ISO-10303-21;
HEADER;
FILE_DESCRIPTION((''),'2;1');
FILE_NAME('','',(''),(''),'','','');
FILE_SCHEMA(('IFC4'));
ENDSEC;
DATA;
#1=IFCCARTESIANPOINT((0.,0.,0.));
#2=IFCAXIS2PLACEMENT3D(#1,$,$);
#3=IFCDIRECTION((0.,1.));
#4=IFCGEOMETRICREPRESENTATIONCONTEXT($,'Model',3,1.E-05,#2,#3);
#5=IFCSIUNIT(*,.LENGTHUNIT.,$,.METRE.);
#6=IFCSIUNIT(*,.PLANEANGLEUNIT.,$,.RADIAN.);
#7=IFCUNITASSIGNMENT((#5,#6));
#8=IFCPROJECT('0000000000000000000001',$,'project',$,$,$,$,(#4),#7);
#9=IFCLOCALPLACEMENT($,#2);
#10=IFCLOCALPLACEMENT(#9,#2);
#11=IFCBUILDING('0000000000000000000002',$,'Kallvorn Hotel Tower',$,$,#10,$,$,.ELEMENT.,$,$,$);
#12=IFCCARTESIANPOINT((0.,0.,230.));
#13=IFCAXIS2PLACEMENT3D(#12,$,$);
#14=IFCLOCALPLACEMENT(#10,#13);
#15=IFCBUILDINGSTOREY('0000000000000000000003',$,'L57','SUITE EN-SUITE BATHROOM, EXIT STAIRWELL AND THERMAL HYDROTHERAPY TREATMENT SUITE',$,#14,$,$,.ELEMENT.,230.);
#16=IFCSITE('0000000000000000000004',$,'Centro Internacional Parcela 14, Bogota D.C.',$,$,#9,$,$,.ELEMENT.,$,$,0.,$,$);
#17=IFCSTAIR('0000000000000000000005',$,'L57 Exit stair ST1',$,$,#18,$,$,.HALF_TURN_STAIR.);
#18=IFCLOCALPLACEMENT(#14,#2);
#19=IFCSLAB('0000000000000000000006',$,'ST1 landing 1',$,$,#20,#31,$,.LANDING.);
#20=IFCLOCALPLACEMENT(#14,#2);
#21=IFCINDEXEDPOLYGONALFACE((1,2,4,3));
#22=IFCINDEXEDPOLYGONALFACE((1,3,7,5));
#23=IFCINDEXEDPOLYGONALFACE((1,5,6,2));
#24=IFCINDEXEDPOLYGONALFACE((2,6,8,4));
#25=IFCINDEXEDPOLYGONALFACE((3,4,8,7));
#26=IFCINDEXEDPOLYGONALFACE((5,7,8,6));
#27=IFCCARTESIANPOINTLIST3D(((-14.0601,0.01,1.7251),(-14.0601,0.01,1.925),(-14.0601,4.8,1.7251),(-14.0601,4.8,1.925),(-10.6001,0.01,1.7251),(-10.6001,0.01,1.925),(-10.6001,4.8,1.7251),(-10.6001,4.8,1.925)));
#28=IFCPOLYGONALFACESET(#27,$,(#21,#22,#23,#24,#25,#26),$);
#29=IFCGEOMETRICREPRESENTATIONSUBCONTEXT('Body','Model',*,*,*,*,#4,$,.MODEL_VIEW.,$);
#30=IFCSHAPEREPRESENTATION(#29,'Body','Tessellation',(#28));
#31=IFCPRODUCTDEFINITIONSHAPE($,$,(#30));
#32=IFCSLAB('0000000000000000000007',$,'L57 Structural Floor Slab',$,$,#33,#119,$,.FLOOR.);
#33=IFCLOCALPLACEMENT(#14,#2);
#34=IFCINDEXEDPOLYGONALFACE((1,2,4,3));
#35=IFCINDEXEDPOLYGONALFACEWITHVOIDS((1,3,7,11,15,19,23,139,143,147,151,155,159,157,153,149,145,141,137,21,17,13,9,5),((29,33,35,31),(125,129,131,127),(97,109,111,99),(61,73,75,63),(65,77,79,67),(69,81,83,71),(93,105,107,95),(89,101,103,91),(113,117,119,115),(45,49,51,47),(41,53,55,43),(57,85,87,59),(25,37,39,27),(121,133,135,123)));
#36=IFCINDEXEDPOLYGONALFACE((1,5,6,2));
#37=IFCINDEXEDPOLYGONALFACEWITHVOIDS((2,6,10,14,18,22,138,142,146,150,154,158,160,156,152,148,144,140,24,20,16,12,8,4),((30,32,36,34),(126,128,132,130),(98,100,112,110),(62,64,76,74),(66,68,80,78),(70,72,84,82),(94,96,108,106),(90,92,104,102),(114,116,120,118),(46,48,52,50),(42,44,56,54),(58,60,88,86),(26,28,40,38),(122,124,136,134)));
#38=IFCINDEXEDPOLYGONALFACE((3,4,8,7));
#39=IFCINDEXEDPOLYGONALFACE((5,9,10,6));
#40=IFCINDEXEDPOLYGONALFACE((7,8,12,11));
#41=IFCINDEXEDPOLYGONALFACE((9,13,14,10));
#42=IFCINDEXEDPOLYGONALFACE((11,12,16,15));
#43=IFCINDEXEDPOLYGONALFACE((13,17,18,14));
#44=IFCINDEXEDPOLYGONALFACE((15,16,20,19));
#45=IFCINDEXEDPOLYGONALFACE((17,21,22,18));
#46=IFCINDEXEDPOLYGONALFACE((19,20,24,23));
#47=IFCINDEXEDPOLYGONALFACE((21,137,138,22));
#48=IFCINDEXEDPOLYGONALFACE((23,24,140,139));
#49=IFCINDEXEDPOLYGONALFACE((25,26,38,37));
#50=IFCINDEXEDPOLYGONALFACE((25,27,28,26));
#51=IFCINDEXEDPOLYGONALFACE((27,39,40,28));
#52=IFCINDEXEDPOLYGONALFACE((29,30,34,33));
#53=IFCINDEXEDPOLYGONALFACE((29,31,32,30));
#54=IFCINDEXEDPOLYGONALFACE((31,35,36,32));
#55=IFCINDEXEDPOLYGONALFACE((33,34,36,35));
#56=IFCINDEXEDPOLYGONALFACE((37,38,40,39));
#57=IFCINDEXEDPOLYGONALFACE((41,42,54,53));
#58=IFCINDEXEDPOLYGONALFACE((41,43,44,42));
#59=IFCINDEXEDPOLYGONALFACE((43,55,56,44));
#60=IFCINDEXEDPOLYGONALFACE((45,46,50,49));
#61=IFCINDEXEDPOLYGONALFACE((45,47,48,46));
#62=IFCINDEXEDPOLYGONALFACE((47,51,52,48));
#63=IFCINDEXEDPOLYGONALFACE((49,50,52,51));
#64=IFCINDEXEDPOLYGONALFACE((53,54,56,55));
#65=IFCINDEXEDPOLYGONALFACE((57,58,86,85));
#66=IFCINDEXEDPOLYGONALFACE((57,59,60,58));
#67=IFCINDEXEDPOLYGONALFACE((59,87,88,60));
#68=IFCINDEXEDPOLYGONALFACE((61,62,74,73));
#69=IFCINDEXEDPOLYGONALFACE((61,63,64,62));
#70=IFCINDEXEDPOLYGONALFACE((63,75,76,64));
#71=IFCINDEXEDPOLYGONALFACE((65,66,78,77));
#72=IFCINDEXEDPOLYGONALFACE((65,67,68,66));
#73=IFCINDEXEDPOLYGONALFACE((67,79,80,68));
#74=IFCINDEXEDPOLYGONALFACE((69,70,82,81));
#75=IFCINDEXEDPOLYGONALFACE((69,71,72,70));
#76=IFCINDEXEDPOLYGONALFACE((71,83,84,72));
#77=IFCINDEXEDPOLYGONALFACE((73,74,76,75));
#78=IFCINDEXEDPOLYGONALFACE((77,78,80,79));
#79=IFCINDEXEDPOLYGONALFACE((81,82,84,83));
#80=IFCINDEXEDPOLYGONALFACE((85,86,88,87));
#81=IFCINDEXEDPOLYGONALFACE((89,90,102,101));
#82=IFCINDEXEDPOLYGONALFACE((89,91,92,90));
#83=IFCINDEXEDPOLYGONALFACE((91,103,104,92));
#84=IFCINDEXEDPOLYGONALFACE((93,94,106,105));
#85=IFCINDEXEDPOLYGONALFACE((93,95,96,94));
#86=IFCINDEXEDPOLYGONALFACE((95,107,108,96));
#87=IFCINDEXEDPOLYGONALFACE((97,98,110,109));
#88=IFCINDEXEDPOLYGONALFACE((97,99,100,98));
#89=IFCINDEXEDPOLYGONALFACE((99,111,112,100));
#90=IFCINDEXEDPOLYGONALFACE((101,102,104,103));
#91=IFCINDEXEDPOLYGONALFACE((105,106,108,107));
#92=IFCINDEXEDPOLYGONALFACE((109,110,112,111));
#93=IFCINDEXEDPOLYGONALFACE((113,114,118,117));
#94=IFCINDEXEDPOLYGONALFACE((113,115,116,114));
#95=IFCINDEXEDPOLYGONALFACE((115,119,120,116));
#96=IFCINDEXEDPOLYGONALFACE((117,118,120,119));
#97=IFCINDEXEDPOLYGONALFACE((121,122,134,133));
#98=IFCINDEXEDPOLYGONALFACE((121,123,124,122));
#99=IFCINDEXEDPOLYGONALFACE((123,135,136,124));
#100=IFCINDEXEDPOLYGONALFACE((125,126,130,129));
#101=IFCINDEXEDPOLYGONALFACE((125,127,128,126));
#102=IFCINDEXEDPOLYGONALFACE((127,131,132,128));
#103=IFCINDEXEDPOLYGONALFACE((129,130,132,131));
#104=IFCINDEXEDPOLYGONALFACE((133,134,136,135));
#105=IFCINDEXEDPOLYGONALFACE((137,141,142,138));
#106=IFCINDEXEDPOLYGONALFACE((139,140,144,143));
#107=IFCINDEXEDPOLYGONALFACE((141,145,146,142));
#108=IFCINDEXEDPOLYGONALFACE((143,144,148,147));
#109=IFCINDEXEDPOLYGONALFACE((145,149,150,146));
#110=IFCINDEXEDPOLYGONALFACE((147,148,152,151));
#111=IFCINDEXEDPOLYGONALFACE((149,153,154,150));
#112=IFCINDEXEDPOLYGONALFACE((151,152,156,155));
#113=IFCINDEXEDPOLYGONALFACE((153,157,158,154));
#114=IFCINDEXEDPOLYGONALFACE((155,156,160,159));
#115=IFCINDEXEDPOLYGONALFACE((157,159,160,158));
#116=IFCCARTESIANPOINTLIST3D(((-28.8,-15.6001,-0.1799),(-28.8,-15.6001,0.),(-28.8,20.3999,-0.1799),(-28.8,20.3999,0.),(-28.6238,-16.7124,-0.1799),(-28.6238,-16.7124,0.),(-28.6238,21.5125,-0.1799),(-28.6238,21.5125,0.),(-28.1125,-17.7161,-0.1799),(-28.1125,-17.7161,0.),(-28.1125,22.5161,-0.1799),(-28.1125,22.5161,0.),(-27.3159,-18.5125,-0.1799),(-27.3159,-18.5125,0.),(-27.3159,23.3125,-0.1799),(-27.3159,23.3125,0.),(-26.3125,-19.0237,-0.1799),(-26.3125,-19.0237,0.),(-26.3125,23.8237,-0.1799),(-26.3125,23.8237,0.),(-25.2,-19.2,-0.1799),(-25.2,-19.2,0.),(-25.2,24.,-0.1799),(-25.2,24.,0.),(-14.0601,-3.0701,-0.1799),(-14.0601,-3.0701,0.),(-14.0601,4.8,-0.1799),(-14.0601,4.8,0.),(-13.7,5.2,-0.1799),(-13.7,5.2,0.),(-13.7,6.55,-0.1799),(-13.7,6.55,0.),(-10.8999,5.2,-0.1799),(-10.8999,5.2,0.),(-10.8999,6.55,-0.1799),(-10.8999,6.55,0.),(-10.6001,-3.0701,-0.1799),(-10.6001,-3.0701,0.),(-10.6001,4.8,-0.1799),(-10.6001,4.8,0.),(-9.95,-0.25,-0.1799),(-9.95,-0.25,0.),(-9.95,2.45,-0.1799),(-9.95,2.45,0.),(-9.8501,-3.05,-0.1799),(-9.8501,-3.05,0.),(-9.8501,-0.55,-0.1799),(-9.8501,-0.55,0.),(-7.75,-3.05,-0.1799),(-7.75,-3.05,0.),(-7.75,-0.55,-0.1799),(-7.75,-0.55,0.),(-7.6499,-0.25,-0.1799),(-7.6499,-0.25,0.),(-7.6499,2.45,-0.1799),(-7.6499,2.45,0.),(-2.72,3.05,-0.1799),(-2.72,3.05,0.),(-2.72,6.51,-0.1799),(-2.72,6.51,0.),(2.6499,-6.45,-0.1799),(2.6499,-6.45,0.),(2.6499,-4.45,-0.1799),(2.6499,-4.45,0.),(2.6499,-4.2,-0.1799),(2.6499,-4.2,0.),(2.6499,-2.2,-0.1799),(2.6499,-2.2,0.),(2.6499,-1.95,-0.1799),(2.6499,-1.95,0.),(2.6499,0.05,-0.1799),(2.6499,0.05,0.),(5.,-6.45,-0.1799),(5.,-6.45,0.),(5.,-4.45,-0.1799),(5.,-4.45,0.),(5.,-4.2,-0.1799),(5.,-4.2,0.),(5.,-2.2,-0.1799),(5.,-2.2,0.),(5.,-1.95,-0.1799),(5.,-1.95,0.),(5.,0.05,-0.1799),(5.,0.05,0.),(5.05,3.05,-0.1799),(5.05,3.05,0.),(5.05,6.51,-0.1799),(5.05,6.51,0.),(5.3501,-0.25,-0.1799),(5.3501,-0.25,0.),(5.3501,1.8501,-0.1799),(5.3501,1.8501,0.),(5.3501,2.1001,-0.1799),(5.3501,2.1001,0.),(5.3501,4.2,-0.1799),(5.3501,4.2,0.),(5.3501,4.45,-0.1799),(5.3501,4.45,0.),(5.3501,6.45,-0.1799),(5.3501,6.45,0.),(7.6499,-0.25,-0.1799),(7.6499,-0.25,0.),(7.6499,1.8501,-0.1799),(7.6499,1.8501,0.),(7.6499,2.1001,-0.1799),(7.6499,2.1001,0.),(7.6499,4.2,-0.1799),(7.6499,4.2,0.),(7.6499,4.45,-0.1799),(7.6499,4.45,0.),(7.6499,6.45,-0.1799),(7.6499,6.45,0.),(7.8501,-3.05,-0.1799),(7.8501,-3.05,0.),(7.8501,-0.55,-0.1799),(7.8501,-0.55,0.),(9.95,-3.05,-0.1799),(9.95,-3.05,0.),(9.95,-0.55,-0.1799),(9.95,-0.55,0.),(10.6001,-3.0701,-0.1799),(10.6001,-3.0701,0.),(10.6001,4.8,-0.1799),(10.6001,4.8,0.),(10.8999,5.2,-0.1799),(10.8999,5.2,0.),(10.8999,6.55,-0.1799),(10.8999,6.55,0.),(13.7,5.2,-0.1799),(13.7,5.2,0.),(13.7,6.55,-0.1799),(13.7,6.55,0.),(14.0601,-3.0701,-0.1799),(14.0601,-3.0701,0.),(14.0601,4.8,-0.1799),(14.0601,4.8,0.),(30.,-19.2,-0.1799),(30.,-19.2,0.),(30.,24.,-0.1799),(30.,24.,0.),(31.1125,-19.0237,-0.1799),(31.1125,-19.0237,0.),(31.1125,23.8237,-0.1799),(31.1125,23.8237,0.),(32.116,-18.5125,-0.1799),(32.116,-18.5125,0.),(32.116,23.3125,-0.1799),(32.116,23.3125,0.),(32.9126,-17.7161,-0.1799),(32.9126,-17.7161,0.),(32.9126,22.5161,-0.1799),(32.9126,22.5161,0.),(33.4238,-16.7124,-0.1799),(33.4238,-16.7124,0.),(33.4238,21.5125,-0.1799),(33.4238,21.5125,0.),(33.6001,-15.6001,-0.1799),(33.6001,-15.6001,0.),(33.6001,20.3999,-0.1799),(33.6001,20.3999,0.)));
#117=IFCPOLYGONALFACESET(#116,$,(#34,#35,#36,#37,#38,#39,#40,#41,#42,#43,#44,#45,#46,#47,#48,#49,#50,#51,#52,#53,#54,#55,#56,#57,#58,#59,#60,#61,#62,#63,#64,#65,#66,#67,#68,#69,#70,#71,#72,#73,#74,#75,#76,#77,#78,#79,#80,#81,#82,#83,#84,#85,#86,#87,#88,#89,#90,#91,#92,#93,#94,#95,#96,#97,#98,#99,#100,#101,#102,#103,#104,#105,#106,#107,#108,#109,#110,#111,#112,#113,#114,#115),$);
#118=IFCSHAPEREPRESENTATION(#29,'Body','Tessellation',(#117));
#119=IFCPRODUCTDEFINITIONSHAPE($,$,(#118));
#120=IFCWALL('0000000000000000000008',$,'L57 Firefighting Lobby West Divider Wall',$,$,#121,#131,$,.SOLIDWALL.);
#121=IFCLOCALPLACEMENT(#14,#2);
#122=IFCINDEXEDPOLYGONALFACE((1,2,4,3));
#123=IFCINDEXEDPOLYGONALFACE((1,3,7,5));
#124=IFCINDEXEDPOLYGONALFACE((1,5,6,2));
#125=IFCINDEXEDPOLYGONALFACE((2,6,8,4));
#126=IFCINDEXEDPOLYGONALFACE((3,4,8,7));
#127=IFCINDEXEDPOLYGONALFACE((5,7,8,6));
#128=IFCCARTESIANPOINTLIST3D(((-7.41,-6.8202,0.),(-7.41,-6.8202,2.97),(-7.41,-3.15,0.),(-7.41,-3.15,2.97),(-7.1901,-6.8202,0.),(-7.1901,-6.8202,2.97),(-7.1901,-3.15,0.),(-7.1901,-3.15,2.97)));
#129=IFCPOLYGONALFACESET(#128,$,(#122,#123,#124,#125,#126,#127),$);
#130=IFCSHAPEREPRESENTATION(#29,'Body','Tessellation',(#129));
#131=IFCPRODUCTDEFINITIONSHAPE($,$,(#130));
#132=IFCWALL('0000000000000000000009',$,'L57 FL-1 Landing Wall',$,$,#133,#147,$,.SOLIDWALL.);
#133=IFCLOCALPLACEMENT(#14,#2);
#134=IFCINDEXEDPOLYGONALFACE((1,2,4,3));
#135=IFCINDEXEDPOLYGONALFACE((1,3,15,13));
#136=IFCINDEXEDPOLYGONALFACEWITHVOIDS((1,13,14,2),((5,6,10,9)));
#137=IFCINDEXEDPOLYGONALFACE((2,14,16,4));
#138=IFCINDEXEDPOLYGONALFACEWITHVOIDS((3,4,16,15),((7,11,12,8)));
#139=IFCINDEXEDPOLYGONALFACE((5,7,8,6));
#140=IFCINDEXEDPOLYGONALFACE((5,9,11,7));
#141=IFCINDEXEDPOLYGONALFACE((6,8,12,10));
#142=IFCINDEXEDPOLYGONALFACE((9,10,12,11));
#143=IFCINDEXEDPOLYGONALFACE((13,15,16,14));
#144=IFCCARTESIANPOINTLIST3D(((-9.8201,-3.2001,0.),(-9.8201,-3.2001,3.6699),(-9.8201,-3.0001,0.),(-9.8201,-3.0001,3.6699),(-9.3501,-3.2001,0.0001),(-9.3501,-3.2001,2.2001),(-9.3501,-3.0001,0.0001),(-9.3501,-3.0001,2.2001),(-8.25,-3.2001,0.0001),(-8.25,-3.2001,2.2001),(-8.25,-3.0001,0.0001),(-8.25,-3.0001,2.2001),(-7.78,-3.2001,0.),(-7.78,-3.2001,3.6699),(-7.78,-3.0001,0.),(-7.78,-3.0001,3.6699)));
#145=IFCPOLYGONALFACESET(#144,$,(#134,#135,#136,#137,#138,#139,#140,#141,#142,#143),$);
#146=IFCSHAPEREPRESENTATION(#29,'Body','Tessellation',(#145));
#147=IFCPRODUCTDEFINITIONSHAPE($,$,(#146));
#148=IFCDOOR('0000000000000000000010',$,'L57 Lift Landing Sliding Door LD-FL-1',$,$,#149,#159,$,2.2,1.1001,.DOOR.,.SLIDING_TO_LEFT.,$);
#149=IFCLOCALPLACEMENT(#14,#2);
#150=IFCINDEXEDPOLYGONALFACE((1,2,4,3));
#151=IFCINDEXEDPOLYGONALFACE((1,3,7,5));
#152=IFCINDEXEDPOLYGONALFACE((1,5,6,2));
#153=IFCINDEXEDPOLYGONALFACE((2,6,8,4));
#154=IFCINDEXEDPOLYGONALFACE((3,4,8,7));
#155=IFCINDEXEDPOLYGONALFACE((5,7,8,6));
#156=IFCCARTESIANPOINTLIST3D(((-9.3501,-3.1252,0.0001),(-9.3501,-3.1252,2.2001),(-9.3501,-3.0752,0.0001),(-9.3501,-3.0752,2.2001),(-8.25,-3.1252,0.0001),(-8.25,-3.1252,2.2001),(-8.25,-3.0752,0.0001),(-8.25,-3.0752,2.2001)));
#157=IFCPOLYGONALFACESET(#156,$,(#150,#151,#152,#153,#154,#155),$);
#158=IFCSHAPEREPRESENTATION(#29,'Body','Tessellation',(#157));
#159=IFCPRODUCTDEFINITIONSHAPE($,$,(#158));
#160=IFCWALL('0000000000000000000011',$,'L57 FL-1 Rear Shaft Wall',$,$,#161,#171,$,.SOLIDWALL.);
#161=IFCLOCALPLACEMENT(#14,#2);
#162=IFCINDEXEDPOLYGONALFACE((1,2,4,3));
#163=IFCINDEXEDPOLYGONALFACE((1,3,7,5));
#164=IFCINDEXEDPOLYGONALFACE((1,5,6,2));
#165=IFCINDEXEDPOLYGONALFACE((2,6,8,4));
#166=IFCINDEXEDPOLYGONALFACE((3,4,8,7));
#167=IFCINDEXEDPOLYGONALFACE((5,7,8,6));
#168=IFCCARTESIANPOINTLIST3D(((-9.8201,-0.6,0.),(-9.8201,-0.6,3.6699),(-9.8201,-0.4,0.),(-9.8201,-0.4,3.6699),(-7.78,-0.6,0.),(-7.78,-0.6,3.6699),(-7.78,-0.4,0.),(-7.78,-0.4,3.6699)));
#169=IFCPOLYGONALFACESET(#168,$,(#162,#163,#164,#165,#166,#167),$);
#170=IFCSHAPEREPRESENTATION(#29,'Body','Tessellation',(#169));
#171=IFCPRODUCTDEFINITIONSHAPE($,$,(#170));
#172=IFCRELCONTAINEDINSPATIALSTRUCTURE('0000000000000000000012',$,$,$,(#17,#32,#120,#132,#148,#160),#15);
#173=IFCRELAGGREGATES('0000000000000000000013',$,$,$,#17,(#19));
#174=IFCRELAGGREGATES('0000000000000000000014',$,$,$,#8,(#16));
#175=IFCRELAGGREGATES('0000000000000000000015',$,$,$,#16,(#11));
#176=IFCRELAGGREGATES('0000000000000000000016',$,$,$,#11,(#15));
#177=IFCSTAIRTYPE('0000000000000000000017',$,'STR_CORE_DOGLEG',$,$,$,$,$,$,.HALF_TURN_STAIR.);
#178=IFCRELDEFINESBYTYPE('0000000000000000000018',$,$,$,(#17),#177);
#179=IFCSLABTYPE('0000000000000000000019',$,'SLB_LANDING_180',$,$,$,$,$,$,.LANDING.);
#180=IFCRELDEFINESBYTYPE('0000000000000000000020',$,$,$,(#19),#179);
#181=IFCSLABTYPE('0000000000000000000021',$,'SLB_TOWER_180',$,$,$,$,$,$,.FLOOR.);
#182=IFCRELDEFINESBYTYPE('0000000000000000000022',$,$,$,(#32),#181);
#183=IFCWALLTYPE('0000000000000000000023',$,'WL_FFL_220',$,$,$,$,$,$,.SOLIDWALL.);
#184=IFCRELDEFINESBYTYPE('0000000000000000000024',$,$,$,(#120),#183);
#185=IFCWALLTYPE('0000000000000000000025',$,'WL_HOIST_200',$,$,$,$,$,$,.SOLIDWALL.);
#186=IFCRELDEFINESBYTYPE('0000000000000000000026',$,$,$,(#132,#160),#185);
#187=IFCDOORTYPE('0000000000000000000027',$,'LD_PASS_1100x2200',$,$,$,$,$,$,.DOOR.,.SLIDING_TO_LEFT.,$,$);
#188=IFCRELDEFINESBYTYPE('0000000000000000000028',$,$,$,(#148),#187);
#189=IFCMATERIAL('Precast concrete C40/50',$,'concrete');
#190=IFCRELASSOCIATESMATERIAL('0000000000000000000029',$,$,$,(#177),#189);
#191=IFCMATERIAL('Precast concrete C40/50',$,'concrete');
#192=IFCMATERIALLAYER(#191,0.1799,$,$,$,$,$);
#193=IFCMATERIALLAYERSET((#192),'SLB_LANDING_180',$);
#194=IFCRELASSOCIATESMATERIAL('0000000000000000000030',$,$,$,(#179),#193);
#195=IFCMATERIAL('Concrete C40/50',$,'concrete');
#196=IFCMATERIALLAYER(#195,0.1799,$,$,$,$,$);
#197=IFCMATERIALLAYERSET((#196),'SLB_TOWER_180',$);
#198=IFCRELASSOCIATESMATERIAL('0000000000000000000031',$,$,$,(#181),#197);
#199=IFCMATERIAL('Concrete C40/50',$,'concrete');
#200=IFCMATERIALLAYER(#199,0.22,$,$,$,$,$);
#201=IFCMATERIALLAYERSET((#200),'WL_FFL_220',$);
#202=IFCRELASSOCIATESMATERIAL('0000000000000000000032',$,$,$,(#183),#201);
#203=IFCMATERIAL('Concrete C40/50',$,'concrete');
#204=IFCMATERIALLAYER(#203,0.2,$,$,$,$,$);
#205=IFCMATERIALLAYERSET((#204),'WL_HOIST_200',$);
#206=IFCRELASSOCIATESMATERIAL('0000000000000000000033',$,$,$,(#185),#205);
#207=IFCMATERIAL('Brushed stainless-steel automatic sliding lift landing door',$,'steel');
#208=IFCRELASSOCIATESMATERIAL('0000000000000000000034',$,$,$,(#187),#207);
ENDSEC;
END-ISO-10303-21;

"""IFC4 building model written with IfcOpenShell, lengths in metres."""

from ifc_helpers import new_model, si_unit, direction, frame, frame_2d, origin, place, context, subcontext, project, spatial, polyline, rectangle, outline, extrude, material, layer, layer_set, type_object, element, fill, aggregate, save


model = new_model("IFC4")

# Units and contexts
model_context = context("Model", 3, precision=1e-05, world=origin(), true_north=direction((0.0, 1.0)))
body_context = subcontext(model_context, "Body", "Model", "MODEL_VIEW")
ifc_project = project(units=[si_unit("LENGTHUNIT", "METRE"), si_unit("PLANEANGLEUNIT", "RADIAN")], contexts=[model_context])

# Site, building, storey
site_placement = place(None, origin())
site = spatial("IfcSite", under=ifc_project, at=site_placement, Name="Centro Internacional Parcela 14, Bogota D.C.", CompositionType="ELEMENT", RefElevation=0.0)
building_placement = place(site_placement, origin())
building = spatial("IfcBuilding", under=site, at=building_placement, Name="Kallvorn Hotel Tower", CompositionType="ELEMENT")
storey_placement = place(building_placement, frame((0.0, 0.0, 230.0)))
storey = spatial("IfcBuildingStorey", under=building, at=storey_placement, Name="L57", Description="SUITE EN-SUITE BATHROOM, EXIT STAIRWELL AND THERMAL HYDROTHERAPY TREATMENT SUITE", CompositionType="ELEMENT", Elevation=230.0)

# Stair, slab
ifc_material_1 = material(Name="Precast concrete C40/50", Category="concrete")
stair_type = type_object("IfcStairType", Name="STR_CORE_DOGLEG", PredefinedType="HALF_TURN_STAIR", material=ifc_material_1)
stair_placement = place(storey_placement, origin())
stair = element("IfcStair", 1, at=stair_placement, inside=storey, type_object=stair_type, Name="L57 Exit stair ST1", PredefinedType="HALF_TURN_STAIR")
ifc_material_2 = material(Name="Precast concrete C40/50", Category="concrete")
ifc_layer_1 = layer(ifc_material_2, 0.1799)
ifc_layer_set_1 = layer_set([ifc_layer_1], Name="SLB_LANDING_180")
slab_type_1 = type_object("IfcSlabType", Name="SLB_LANDING_180", PredefinedType="LANDING", material=ifc_layer_set_1)
slab_1_placement = place(storey_placement, frame((0.0, 0.0, 1.7251)))
slab_1 = element("IfcSlab", 2, at=slab_1_placement, type_object=slab_type_1, Name="ST1 landing 1", PredefinedType="LANDING", context=body_context, shape_type="SweptSolid", body=[
    extrude(outline(polyline([(-10.6001, 0.01), (-10.6001, 4.8), (-14.0601, 4.8), (-14.0601, 0.01), (-10.6001, 0.01)])), origin(), (0.0, 0.0, 1.0), 0.2),
])
aggregate(stair, [slab_1])

# Slab
ifc_material_3 = material(Name="Concrete C40/50", Category="concrete")
ifc_layer_2 = layer(ifc_material_3, 0.1799)
ifc_layer_set_2 = layer_set([ifc_layer_2], Name="SLB_TOWER_180")
slab_type_2 = type_object("IfcSlabType", Name="SLB_TOWER_180", PredefinedType="FLOOR", material=ifc_layer_set_2)
slab_2_placement = place(storey_placement, frame((0.0, 0.0, -0.1799)))
element("IfcSlab", 3, at=slab_2_placement, inside=storey, type_object=slab_type_2, Name="L57 Structural Floor Slab", PredefinedType="FLOOR", context=body_context, shape_type="SweptSolid", body=[
    extrude(outline(polyline([(30.0, -19.2), (31.1125, -19.0237), (32.116, -18.5125), (32.9126, -17.7161), (33.4238, -16.7124), (33.6001, -15.6001), (33.6001, 20.3999), (33.4238, 21.5125), (32.9126, 22.5161), (32.116, 23.3125), (31.1125, 23.8237), (30.0, 24.0), (-25.2, 24.0), (-26.3125, 23.8237), (-27.3159, 23.3125), (-28.1125, 22.5161), (-28.6238, 21.5125), (-28.8, 20.3999), (-28.8, -15.6001), (-28.6238, -16.7124), (-28.1125, -17.7161), (-27.3159, -18.5125), (-26.3125, -19.0237), (-25.2, -19.2), (30.0, -19.2)]), holes=[polyline([(-10.6001, -3.0701), (-10.6001, 4.8), (-14.0601, 4.8), (-14.0601, -3.0701), (-10.6001, -3.0701)]), polyline([(14.0601, -3.0701), (14.0601, 4.8), (10.6001, 4.8), (10.6001, -3.0701), (14.0601, -3.0701)]), polyline([(-2.72, 3.05), (5.05, 3.05), (5.05, 6.51), (-2.72, 6.51), (-2.72, 3.05)]), polyline([(2.6499, -6.45), (5.0, -6.45), (5.0, -4.45), (2.6499, -4.45), (2.6499, -6.45)]), polyline([(2.6499, -4.2), (5.0, -4.2), (5.0, -2.2), (2.6499, -2.2), (2.6499, -4.2)]), polyline([(2.6499, -1.95), (5.0, -1.95), (5.0, 0.05), (2.6499, 0.05), (2.6499, -1.95)]), polyline([(5.3501, -0.25), (7.6499, -0.25), (7.6499, 1.8501), (5.3501, 1.8501), (5.3501, -0.25)]), polyline([(5.3501, 2.1001), (7.6499, 2.1001), (7.6499, 4.2), (5.3501, 4.2), (5.3501, 2.1001)]), polyline([(5.3501, 4.45), (7.6499, 4.45), (7.6499, 6.45), (5.3501, 6.45), (5.3501, 4.45)]), polyline([(-9.8501, -3.05), (-7.75, -3.05), (-7.75, -0.55), (-9.8501, -0.55), (-9.8501, -3.05)]), polyline([(7.8501, -3.05), (9.95, -3.05), (9.95, -0.55), (7.8501, -0.55), (7.8501, -3.05)]), polyline([(-9.95, -0.25), (-7.6499, -0.25), (-7.6499, 2.45), (-9.95, 2.45), (-9.95, -0.25)]), polyline([(-13.7, 5.2), (-10.8999, 5.2), (-10.8999, 6.55), (-13.7, 6.55), (-13.7, 5.2)]), polyline([(10.8999, 5.2), (13.7, 5.2), (13.7, 6.55), (10.8999, 6.55), (10.8999, 5.2)])]), origin(), (0.0, 0.0, 1.0), 0.1799),
])

# Wall
ifc_material_4 = material(Name="Concrete C40/50", Category="concrete")
ifc_layer_3 = layer(ifc_material_4, 0.22)
ifc_layer_set_3 = layer_set([ifc_layer_3], Name="WL_FFL_220")
wall_type_1 = type_object("IfcWallType", Name="WL_FFL_220", PredefinedType="SOLIDWALL", material=ifc_layer_set_3)
wall_1_placement = place(storey_placement, frame((-7.3, -6.8201, 0.0), z_axis=(0.0, 0.0, 1.0), x_axis=(0.0, 1.0, 0.0)))
element("IfcWall", 4, at=wall_1_placement, inside=storey, type_object=wall_type_1, Name="L57 Firefighting Lobby West Divider Wall", PredefinedType="SOLIDWALL", context=body_context, shape_type="SweptSolid", body=[
    extrude(rectangle(XDim=3.6702, YDim=0.22, at=frame_2d((1.835, 0.0))), origin(), (0.0, 0.0, 1.0), 2.97),
])

# Wall, opening, door
ifc_material_5 = material(Name="Concrete C40/50", Category="concrete")
ifc_layer_4 = layer(ifc_material_5, 0.2)
ifc_layer_set_4 = layer_set([ifc_layer_4], Name="WL_HOIST_200")
wall_type_2 = type_object("IfcWallType", Name="WL_HOIST_200", PredefinedType="SOLIDWALL", material=ifc_layer_set_4)
wall_2_placement = place(storey_placement, frame((-9.8201, -3.1001, 0.0), z_axis=(0.0, 0.0, 1.0), x_axis=(1.0, 0.0, 0.0)))
wall_2 = element("IfcWall", 5, at=wall_2_placement, inside=storey, type_object=wall_type_2, Name="L57 FL-1 Landing Wall", PredefinedType="SOLIDWALL", context=body_context, shape_type="SweptSolid", body=[
    extrude(rectangle(XDim=2.04, YDim=0.2, at=frame_2d((1.02, 0.0))), origin(), (0.0, 0.0, 1.0), 3.6699),
])
opening_1_placement = place(wall_2_placement, frame((0.47, 0.0, 0.0)))
opening_1 = element("IfcOpeningElement", 6, at=opening_1_placement, cuts=wall_2, PredefinedType="OPENING", context=body_context, shape_type="SweptSolid", body=[
    extrude(rectangle(XDim=1.1001, YDim=2.2, at=frame_2d((0.55, 1.1001))), frame((0.0, 0.115, 0.0), z_axis=(0.0, -1.0, 0.0), x_axis=(1.0, 0.0, 0.0)), (0.0, 0.0, 1.0), 0.23),
])
ifc_material_6 = material(Name="Brushed stainless-steel automatic sliding lift landing door", Category="steel")
door_type_1 = type_object("IfcDoorType", Name="LD_PASS_1100x2200", OperationType="SLIDING_TO_LEFT", PredefinedType="DOOR", material=ifc_material_6)
door_1_placement = place(opening_1_placement, origin())
door_1 = element("IfcDoor", 7, at=door_1_placement, inside=storey, type_object=door_type_1, Name="L57 Lift Landing Sliding Door LD-FL-1", OperationType="SLIDING_TO_LEFT", OverallHeight=2.2, OverallWidth=1.1001, PredefinedType="DOOR", context=body_context, shape_type="SweptSolid", body=[
    extrude(rectangle(XDim=1.1001, YDim=2.2, at=frame_2d((0.55, 1.1001))), frame((0.0, 0.0249, 0.0), z_axis=(0.0, -1.0, 0.0), x_axis=(1.0, 0.0, 0.0)), (0.0, 0.0, 1.0), 0.05),
])
fill(opening_1, door_1)

# Wall
wall_3_placement = place(storey_placement, frame((-9.8201, -0.5, 0.0), z_axis=(0.0, 0.0, 1.0), x_axis=(1.0, 0.0, 0.0)))
element("IfcWall", 8, at=wall_3_placement, inside=storey, type_object=wall_type_2, Name="L57 FL-1 Rear Shaft Wall", PredefinedType="SOLIDWALL", context=body_context, shape_type="SweptSolid", body=[
    extrude(rectangle(XDim=2.04, YDim=0.2, at=frame_2d((1.02, 0.0))), origin(), (0.0, 0.0, 1.0), 3.6699),
])

save(model, "model.ifc")
